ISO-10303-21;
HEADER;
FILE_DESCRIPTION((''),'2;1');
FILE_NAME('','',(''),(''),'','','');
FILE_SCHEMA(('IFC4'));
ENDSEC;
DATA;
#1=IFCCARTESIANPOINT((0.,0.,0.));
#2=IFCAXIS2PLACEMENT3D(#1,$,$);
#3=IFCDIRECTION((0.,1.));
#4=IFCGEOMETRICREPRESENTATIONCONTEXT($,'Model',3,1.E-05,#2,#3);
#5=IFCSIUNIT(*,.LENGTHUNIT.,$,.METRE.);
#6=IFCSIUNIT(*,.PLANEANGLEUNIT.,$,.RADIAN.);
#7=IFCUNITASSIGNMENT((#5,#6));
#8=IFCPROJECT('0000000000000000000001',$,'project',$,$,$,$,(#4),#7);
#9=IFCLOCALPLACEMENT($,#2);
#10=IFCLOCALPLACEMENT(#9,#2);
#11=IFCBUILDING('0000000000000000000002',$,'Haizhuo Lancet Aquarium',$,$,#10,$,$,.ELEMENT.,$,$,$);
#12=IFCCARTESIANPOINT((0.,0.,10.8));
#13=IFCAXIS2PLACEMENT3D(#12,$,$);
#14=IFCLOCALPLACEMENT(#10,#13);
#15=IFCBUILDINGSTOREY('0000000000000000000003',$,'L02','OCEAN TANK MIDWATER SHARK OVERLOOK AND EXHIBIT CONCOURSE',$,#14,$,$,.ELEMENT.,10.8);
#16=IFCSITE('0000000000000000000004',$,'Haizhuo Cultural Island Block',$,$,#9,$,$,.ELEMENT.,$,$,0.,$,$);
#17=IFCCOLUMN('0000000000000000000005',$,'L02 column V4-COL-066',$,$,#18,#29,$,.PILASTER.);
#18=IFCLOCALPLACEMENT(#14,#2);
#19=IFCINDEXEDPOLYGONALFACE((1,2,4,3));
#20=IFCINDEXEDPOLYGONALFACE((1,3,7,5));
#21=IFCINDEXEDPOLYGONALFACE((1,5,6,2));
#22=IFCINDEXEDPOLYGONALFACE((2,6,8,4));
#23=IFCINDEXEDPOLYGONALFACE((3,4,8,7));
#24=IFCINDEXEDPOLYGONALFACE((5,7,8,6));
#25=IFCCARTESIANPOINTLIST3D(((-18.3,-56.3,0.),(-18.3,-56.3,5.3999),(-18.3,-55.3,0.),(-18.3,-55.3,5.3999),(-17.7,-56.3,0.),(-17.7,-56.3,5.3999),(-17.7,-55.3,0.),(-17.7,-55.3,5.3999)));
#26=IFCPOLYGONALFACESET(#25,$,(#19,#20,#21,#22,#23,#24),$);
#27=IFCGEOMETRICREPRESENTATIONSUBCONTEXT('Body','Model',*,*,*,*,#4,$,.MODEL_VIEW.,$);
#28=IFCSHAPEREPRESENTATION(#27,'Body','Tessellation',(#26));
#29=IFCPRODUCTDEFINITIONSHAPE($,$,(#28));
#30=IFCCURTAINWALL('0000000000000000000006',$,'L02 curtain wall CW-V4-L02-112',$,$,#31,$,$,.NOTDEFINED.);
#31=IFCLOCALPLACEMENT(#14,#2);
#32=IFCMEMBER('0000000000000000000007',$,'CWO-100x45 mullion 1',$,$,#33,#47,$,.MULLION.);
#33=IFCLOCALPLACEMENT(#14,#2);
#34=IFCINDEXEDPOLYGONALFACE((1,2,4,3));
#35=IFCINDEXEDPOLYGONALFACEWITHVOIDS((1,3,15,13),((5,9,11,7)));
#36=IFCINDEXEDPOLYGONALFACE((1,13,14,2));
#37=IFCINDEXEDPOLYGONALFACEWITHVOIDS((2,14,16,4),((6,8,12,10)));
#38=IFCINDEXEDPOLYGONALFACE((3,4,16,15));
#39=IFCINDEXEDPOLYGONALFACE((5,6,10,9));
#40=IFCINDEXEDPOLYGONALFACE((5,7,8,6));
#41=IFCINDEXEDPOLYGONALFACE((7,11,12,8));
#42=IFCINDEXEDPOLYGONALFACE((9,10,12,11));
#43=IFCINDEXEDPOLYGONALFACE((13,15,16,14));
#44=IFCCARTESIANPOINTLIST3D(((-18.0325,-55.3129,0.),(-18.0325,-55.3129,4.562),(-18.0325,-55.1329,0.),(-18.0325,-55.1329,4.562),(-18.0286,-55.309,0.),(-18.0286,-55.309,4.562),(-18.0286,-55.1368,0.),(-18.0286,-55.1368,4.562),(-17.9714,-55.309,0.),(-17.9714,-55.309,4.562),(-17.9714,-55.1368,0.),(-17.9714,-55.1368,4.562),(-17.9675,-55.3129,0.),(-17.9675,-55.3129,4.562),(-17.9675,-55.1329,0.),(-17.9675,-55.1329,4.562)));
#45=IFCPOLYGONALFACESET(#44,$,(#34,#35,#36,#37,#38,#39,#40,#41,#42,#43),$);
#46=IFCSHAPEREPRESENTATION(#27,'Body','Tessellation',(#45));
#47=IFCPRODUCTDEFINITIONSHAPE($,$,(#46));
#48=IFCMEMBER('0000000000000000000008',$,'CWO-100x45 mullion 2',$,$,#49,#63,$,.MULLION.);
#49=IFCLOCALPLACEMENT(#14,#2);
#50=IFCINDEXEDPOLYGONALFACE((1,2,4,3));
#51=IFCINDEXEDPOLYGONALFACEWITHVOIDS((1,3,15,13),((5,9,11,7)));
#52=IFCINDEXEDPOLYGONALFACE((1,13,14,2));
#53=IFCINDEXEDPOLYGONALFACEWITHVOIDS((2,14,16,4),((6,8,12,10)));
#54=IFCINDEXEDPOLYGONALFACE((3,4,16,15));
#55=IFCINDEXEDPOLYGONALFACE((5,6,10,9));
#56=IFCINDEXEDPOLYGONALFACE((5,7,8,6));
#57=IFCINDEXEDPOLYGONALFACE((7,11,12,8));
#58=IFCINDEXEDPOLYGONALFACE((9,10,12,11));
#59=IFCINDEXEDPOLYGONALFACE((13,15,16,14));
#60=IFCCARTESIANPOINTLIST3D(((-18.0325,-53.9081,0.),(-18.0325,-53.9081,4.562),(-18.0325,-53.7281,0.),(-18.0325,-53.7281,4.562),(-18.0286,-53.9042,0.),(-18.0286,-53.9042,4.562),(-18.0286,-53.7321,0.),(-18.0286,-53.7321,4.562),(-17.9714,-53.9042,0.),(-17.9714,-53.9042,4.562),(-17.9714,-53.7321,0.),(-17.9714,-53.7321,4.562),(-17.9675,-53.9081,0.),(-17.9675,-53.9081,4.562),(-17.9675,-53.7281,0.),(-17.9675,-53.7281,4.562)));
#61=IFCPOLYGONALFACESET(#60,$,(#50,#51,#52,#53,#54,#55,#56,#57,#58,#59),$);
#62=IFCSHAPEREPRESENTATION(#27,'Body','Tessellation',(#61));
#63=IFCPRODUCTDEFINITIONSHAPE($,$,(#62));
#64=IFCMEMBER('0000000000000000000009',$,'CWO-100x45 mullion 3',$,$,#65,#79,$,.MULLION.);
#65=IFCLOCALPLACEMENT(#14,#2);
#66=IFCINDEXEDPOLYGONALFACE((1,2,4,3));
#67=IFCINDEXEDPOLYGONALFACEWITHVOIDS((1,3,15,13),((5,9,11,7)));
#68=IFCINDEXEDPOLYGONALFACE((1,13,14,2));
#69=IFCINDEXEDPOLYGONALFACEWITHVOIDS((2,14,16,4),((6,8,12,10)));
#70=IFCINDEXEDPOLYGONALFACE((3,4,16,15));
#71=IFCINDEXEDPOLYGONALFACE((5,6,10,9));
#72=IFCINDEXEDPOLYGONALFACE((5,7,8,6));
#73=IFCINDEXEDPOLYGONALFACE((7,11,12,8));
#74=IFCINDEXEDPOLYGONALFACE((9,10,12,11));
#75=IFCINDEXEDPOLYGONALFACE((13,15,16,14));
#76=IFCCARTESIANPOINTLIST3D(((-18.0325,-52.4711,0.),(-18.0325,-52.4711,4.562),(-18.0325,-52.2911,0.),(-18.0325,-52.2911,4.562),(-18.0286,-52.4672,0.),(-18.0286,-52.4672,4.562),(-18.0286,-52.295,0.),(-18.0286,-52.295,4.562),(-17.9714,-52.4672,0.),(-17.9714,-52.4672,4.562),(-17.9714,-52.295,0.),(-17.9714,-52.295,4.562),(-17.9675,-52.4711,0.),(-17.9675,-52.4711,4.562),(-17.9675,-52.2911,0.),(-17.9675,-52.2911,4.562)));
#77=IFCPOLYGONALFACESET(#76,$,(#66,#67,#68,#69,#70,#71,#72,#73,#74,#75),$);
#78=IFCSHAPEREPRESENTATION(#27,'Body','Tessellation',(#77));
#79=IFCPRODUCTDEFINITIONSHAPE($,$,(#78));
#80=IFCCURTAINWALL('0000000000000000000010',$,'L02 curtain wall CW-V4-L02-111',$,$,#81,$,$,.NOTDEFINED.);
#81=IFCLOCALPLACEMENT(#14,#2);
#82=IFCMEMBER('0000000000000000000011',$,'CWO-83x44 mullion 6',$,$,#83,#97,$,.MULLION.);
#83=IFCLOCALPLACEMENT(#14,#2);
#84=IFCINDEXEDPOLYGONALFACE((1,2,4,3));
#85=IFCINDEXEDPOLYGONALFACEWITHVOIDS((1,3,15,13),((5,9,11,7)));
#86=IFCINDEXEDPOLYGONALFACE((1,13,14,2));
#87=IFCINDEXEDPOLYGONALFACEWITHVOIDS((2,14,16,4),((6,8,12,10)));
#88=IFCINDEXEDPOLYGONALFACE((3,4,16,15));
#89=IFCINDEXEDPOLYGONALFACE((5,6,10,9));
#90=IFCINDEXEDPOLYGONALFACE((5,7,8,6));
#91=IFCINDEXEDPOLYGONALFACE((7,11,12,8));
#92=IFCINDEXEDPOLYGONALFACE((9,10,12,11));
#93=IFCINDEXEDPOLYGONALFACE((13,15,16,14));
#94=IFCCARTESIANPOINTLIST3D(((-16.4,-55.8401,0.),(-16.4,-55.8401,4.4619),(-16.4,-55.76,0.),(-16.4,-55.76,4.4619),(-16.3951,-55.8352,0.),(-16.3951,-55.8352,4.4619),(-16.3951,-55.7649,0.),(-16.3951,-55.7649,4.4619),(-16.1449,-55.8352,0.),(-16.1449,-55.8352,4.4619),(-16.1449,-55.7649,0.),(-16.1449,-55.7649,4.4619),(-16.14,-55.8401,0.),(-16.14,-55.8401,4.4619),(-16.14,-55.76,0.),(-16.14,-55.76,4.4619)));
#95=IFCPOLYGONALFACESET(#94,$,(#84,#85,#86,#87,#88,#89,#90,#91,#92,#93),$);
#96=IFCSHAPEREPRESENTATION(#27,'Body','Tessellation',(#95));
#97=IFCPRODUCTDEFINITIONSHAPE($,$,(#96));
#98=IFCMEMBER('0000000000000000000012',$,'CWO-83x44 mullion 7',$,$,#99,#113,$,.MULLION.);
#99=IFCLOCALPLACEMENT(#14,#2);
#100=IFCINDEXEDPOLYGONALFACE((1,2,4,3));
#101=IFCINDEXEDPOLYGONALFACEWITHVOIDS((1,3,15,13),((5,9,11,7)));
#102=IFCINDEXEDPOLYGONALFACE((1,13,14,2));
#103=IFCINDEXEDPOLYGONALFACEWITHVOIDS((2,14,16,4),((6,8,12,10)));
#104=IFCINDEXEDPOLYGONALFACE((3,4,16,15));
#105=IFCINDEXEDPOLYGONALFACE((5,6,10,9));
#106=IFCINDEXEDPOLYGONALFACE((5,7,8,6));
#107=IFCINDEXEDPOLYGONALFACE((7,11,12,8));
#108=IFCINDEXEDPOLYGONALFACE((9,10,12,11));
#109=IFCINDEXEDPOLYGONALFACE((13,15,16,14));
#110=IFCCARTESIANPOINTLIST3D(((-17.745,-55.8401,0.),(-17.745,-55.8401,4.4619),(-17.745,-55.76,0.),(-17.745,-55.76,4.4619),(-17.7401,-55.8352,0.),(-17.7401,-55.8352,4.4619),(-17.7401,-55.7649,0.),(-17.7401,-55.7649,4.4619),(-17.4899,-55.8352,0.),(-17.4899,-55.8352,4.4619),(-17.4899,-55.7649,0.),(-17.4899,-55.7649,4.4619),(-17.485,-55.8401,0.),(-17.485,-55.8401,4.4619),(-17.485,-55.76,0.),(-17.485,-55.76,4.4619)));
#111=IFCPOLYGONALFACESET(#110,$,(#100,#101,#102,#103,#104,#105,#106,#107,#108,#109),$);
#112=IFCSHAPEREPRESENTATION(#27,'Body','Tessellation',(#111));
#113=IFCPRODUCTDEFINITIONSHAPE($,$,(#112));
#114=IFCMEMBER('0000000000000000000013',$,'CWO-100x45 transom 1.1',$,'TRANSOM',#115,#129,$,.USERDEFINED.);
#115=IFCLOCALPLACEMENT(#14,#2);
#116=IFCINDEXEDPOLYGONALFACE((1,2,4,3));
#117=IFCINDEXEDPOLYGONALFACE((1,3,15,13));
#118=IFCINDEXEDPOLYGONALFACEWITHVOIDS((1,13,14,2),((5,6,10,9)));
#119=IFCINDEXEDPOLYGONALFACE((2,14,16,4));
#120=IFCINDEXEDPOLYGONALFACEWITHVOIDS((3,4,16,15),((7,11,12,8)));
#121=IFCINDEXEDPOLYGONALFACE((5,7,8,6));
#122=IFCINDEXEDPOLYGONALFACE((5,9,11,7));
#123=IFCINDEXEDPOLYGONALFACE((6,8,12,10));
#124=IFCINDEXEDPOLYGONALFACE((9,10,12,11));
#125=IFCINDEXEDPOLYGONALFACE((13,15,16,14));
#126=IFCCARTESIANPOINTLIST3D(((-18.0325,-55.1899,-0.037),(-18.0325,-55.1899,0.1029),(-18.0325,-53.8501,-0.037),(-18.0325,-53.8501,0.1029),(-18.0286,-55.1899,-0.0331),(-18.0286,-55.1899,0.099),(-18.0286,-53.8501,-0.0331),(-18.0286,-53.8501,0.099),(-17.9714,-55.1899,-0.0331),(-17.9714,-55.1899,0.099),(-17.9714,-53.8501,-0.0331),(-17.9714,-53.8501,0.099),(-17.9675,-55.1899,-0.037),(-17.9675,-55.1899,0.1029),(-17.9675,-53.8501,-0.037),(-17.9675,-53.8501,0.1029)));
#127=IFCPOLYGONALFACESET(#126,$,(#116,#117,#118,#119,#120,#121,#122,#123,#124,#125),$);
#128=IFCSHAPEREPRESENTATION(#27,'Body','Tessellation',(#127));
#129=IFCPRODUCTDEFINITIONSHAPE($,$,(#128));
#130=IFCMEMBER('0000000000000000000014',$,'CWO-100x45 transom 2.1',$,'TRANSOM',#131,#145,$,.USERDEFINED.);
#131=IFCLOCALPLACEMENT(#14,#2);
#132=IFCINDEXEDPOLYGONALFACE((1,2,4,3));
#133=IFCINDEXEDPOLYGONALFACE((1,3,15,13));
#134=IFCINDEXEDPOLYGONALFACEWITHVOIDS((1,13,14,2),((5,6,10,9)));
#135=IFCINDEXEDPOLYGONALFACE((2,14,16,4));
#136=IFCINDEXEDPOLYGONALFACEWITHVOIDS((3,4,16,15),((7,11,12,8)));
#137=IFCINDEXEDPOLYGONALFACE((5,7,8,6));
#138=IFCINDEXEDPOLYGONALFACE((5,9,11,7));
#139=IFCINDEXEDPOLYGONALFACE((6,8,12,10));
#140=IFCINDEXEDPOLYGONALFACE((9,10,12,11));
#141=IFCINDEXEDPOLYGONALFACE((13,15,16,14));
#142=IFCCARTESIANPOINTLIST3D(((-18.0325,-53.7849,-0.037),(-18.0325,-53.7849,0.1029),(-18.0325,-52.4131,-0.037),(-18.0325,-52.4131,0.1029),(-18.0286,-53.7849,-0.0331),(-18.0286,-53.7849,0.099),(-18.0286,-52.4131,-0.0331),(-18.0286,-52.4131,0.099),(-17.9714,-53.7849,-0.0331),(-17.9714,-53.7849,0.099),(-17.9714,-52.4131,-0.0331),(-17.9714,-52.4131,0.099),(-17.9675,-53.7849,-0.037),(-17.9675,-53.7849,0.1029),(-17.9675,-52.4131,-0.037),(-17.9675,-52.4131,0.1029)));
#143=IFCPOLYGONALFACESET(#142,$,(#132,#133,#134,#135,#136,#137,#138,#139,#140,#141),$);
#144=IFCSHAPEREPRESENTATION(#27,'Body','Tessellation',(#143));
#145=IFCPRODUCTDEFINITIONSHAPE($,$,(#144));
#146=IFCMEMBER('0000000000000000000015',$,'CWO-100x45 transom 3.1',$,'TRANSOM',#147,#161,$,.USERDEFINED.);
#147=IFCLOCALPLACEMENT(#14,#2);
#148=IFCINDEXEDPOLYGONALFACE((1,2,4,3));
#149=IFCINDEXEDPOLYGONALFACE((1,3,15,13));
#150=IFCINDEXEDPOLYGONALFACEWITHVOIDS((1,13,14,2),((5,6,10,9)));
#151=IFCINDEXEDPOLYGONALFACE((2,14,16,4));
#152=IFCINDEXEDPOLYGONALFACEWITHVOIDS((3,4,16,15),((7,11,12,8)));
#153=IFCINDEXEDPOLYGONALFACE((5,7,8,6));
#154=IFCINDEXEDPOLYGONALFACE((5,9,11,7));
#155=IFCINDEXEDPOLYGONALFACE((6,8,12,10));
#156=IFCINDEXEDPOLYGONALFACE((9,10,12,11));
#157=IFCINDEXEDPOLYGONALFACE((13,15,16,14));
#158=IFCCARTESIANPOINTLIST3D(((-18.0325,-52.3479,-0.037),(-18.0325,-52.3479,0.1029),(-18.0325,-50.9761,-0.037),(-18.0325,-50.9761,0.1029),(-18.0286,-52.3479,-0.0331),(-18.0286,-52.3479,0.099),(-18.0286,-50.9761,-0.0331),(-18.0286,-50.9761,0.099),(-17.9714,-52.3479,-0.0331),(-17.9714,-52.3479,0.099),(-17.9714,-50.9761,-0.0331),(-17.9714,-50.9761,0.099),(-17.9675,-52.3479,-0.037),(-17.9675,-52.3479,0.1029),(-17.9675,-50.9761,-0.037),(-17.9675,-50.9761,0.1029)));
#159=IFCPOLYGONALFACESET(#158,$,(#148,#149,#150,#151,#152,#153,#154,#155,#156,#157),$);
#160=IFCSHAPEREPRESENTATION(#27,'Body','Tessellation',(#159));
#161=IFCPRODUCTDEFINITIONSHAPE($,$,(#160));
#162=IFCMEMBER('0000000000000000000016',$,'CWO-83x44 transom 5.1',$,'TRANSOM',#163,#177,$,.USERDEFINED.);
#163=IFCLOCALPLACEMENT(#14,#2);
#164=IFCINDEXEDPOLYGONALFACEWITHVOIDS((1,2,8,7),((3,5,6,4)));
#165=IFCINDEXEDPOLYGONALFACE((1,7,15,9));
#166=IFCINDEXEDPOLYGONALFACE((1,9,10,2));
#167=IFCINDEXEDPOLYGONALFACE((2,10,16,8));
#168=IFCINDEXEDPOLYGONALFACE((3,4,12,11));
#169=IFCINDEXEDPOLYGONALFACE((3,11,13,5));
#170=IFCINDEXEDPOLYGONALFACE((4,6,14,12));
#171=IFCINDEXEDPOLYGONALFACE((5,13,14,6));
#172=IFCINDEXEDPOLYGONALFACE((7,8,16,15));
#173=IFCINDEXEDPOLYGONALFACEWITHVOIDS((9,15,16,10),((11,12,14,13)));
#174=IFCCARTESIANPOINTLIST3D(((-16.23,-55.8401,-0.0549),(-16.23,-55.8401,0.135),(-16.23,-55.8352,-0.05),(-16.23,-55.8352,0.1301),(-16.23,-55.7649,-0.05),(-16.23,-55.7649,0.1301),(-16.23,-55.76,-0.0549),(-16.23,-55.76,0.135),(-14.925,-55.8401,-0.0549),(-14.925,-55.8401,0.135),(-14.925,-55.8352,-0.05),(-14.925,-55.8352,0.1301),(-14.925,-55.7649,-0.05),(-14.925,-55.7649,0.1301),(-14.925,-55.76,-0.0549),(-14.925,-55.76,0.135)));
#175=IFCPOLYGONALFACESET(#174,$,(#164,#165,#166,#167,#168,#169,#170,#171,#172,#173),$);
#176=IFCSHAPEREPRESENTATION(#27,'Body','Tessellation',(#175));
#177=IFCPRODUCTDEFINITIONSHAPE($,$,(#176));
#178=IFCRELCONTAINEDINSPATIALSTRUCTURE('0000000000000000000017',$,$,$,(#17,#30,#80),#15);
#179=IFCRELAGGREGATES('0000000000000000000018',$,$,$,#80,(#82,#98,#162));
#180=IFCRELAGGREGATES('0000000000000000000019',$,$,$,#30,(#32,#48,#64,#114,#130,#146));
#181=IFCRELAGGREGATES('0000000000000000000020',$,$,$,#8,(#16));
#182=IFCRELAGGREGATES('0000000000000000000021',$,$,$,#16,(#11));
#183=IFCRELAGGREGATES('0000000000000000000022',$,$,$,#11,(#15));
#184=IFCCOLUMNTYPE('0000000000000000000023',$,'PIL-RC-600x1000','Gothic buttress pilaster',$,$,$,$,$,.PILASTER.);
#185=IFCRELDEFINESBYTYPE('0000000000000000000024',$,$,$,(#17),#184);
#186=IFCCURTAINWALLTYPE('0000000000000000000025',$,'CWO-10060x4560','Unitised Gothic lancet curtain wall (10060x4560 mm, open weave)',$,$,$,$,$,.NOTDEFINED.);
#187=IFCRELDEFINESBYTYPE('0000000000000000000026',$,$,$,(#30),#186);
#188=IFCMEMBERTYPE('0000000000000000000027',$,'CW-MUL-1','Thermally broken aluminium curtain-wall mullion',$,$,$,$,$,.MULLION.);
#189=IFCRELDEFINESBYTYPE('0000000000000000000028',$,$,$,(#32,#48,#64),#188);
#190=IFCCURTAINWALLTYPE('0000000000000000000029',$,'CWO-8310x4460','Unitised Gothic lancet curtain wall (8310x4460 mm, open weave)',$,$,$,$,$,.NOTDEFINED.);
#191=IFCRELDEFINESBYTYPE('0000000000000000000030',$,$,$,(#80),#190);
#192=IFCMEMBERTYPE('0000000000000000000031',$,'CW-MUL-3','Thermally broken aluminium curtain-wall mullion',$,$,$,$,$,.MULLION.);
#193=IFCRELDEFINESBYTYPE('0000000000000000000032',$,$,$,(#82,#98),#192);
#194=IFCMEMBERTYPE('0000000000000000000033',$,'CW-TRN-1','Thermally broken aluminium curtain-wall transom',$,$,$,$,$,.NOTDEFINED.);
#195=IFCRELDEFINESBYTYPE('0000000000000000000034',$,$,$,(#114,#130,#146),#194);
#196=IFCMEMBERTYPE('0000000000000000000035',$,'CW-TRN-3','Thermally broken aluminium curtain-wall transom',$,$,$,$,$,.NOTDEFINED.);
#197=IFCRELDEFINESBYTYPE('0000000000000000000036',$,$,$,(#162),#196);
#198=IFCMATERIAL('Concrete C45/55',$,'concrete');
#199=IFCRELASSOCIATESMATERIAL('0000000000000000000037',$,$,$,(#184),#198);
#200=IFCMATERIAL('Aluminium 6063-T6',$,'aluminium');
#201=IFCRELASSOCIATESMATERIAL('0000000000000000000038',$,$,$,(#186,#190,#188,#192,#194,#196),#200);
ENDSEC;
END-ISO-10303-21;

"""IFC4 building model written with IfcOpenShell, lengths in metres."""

from ifc_helpers import new_model, si_unit, direction, frame, origin, origin_2d, place, context, subcontext, project, spatial, rectangle, hollow_rectangle, extrude, material, material_profile, profile_set, type_object, element, aggregate, save


model = new_model("IFC4")

# Units and contexts
model_context = context("Model", 3, precision=1e-05, world=origin(), true_north=direction((0.0, 1.0)))
body_context = subcontext(model_context, "Body", "Model", "MODEL_VIEW")
ifc_project = project(units=[si_unit("LENGTHUNIT", "METRE"), si_unit("PLANEANGLEUNIT", "RADIAN")], contexts=[model_context])

# Site, building, storey
site_placement = place(None, origin())
site = spatial("IfcSite", under=ifc_project, at=site_placement, Name="Haizhuo Cultural Island Block", CompositionType="ELEMENT", RefElevation=0.0)
building_placement = place(site_placement, origin())
building = spatial("IfcBuilding", under=site, at=building_placement, Name="Haizhuo Lancet Aquarium", CompositionType="ELEMENT")
storey_placement = place(building_placement, frame((0.0, 0.0, 10.8)))
storey = spatial("IfcBuildingStorey", under=building, at=storey_placement, Name="L02", Description="OCEAN TANK MIDWATER SHARK OVERLOOK AND EXHIBIT CONCOURSE", CompositionType="ELEMENT", Elevation=10.8)

# Column
ifc_material_1 = material(Name="Concrete C45/55", Category="concrete")
ifc_material_profile_1 = material_profile(ifc_material_1, rectangle(XDim=0.6001, YDim=1.0, at=origin_2d()), Name="RC-PIL 600x1000")
ifc_profile_set_1 = profile_set([ifc_material_profile_1], Name="Concrete C45/55")
column_type = type_object("IfcColumnType", Name="PIL-RC-600x1000", Description="Gothic buttress pilaster", PredefinedType="PILASTER", material=ifc_profile_set_1)
column_placement = place(storey_placement, frame((-18.0, -55.8, 0.0), z_axis=(0.0, 0.0, 1.0), x_axis=(1.0, 0.0, 0.0)))
element("IfcColumn", 1, at=column_placement, inside=storey, type_object=column_type, Name="L02 column V4-COL-066", PredefinedType="PILASTER", context=body_context, shape_type="SweptSolid", body=[
    extrude(rectangle(XDim=0.6001, YDim=1.0, at=origin_2d()), origin(), (0.0, 0.0, 1.0), 5.3999),
])

# Curtain walls, members
ifc_material_2 = material(Name="Aluminium 6063-T6", Category="aluminium")
curtain_wall_type_1 = type_object("IfcCurtainWallType", Name="CWO-10060x4560", Description="Unitised Gothic lancet curtain wall (10060x4560 mm, open weave)", PredefinedType="NOTDEFINED", material=ifc_material_2)
curtain_wall_1_placement = place(storey_placement, origin())
curtain_wall_1 = element("IfcCurtainWall", 2, at=curtain_wall_1_placement, inside=storey, type_object=curtain_wall_type_1, Name="L02 curtain wall CW-V4-L02-112", PredefinedType="NOTDEFINED")
ifc_material_profile_2 = material_profile(ifc_material_2, hollow_rectangle(XDim=0.0649, YDim=0.1799, WallThickness=0.0039, at=origin_2d()), Name="ALU-M 65x180x4")
ifc_profile_set_2 = profile_set([ifc_material_profile_2], Name="Aluminium 6063-T6")
member_type_1 = type_object("IfcMemberType", Name="CW-MUL-1", Description="Thermally broken aluminium curtain-wall mullion", PredefinedType="MULLION", material=ifc_profile_set_2)
member_1_placement = place(storey_placement, frame((-18.0, -55.2229, 0.0), z_axis=(0.0, 0.0, 1.0), x_axis=(-1.0, 0.0, 0.0)))
member_1 = element("IfcMember", 3, at=member_1_placement, type_object=member_type_1, Name="CWO-100x45 mullion 1", PredefinedType="MULLION", context=body_context, shape_type="SweptSolid", body=[
    extrude(hollow_rectangle(XDim=0.0649, YDim=0.1799, WallThickness=0.0039, at=origin_2d()), origin(), (0.0, 0.0, 1.0), 4.562),
])
member_2_placement = place(storey_placement, frame((-18.0, -53.8181, 0.0), z_axis=(0.0, 0.0, 1.0), x_axis=(-1.0, 0.0, 0.0)))
member_2 = element("IfcMember", 4, at=member_2_placement, type_object=member_type_1, Name="CWO-100x45 mullion 2", PredefinedType="MULLION", context=body_context, shape_type="SweptSolid", body=[
    extrude(hollow_rectangle(XDim=0.0649, YDim=0.1799, WallThickness=0.0039, at=origin_2d()), origin(), (0.0, 0.0, 1.0), 4.562),
])
member_3_placement = place(storey_placement, frame((-18.0, -52.3811, 0.0), z_axis=(0.0, 0.0, 1.0), x_axis=(-1.0, 0.0, 0.0)))
member_3 = element("IfcMember", 5, at=member_3_placement, type_object=member_type_1, Name="CWO-100x45 mullion 3", PredefinedType="MULLION", context=body_context, shape_type="SweptSolid", body=[
    extrude(hollow_rectangle(XDim=0.0649, YDim=0.1799, WallThickness=0.0039, at=origin_2d()), origin(), (0.0, 0.0, 1.0), 4.562),
])
curtain_wall_type_2 = type_object("IfcCurtainWallType", Name="CWO-8310x4460", Description="Unitised Gothic lancet curtain wall (8310x4460 mm, open weave)", PredefinedType="NOTDEFINED", material=ifc_material_2)
curtain_wall_2_placement = place(storey_placement, origin())
curtain_wall_2 = element("IfcCurtainWall", 6, at=curtain_wall_2_placement, inside=storey, type_object=curtain_wall_type_2, Name="L02 curtain wall CW-V4-L02-111", PredefinedType="NOTDEFINED")
ifc_material_profile_3 = material_profile(ifc_material_2, hollow_rectangle(XDim=0.0801, YDim=0.26, WallThickness=0.0049, at=origin_2d()), Name="ALU-M 80x260x5")
ifc_profile_set_3 = profile_set([ifc_material_profile_3], Name="Aluminium 6063-T6")
member_type_2 = type_object("IfcMemberType", Name="CW-MUL-3", Description="Thermally broken aluminium curtain-wall mullion", PredefinedType="MULLION", material=ifc_profile_set_3)
member_4_placement = place(storey_placement, frame((-16.27, -55.8, 0.0), z_axis=(0.0, 0.0, 1.0), x_axis=(0.0, -1.0, 0.0)))
member_4 = element("IfcMember", 7, at=member_4_placement, type_object=member_type_2, Name="CWO-83x44 mullion 6", PredefinedType="MULLION", context=body_context, shape_type="SweptSolid", body=[
    extrude(hollow_rectangle(XDim=0.0801, YDim=0.26, WallThickness=0.0049, at=origin_2d()), origin(), (0.0, 0.0, 1.0), 4.4619),
])
member_5_placement = place(storey_placement, frame((-17.615, -55.8, 0.0), z_axis=(0.0, 0.0, 1.0), x_axis=(0.0, -1.0, 0.0)))
member_5 = element("IfcMember", 8, at=member_5_placement, type_object=member_type_2, Name="CWO-83x44 mullion 7", PredefinedType="MULLION", context=body_context, shape_type="SweptSolid", body=[
    extrude(hollow_rectangle(XDim=0.0801, YDim=0.26, WallThickness=0.0049, at=origin_2d()), origin(), (0.0, 0.0, 1.0), 4.4619),
])

# Members
ifc_material_profile_4 = material_profile(ifc_material_2, hollow_rectangle(XDim=0.0649, YDim=0.1399, WallThickness=0.0039, at=origin_2d()), Name="ALU-T 65x140x4")
ifc_profile_set_4 = profile_set([ifc_material_profile_4], Name="Aluminium 6063-T6")
member_type_3 = type_object("IfcMemberType", Name="CW-TRN-1", Description="Thermally broken aluminium curtain-wall transom", PredefinedType="NOTDEFINED", material=ifc_profile_set_4)
member_6_placement = place(storey_placement, frame((-18.0, -55.1899, 0.033), z_axis=(0.0, 1.0, 0.0), x_axis=(-1.0, 0.0, 0.0)))
member_6 = element("IfcMember", 9, at=member_6_placement, type_object=member_type_3, Name="CWO-100x45 transom 1.1", ObjectType="TRANSOM", PredefinedType="USERDEFINED", context=body_context, shape_type="SweptSolid", body=[
    extrude(hollow_rectangle(XDim=0.0649, YDim=0.1399, WallThickness=0.0039, at=origin_2d()), origin(), (0.0, 0.0, 1.0), 1.3398),
])
member_7_placement = place(storey_placement, frame((-18.0, -53.7849, 0.033), z_axis=(0.0, 1.0, 0.0), x_axis=(-1.0, 0.0, 0.0)))
member_7 = element("IfcMember", 10, at=member_7_placement, type_object=member_type_3, Name="CWO-100x45 transom 2.1", ObjectType="TRANSOM", PredefinedType="USERDEFINED", context=body_context, shape_type="SweptSolid", body=[
    extrude(hollow_rectangle(XDim=0.0649, YDim=0.1399, WallThickness=0.0039, at=origin_2d()), origin(), (0.0, 0.0, 1.0), 1.3718),
])
member_8_placement = place(storey_placement, frame((-18.0, -52.3479, 0.033), z_axis=(0.0, 1.0, 0.0), x_axis=(-1.0, 0.0, 0.0)))
member_8 = element("IfcMember", 11, at=member_8_placement, type_object=member_type_3, Name="CWO-100x45 transom 3.1", ObjectType="TRANSOM", PredefinedType="USERDEFINED", context=body_context, shape_type="SweptSolid", body=[
    extrude(hollow_rectangle(XDim=0.0649, YDim=0.1399, WallThickness=0.0039, at=origin_2d()), origin(), (0.0, 0.0, 1.0), 1.3718),
])
ifc_material_profile_5 = material_profile(ifc_material_2, hollow_rectangle(XDim=0.0801, YDim=0.1899, WallThickness=0.0049, at=origin_2d()), Name="ALU-T 80x190x5")
ifc_profile_set_5 = profile_set([ifc_material_profile_5], Name="Aluminium 6063-T6")
member_type_4 = type_object("IfcMemberType", Name="CW-TRN-3", Description="Thermally broken aluminium curtain-wall transom", PredefinedType="NOTDEFINED", material=ifc_profile_set_5)
member_9_placement = place(storey_placement, frame((-14.925, -55.8, 0.04), z_axis=(-1.0, 0.0, 0.0), x_axis=(0.0, -1.0, 0.0)))
member_9 = element("IfcMember", 12, at=member_9_placement, type_object=member_type_4, Name="CWO-83x44 transom 5.1", ObjectType="TRANSOM", PredefinedType="USERDEFINED", context=body_context, shape_type="SweptSolid", body=[
    extrude(hollow_rectangle(XDim=0.0801, YDim=0.1899, WallThickness=0.0049, at=origin_2d()), origin(), (0.0, 0.0, 1.0), 1.3049),
])

aggregate(curtain_wall_2, [member_4, member_5, member_9])
aggregate(curtain_wall_1, [member_1, member_2, member_3, member_6, member_7, member_8])

save(model, "model.ifc")
